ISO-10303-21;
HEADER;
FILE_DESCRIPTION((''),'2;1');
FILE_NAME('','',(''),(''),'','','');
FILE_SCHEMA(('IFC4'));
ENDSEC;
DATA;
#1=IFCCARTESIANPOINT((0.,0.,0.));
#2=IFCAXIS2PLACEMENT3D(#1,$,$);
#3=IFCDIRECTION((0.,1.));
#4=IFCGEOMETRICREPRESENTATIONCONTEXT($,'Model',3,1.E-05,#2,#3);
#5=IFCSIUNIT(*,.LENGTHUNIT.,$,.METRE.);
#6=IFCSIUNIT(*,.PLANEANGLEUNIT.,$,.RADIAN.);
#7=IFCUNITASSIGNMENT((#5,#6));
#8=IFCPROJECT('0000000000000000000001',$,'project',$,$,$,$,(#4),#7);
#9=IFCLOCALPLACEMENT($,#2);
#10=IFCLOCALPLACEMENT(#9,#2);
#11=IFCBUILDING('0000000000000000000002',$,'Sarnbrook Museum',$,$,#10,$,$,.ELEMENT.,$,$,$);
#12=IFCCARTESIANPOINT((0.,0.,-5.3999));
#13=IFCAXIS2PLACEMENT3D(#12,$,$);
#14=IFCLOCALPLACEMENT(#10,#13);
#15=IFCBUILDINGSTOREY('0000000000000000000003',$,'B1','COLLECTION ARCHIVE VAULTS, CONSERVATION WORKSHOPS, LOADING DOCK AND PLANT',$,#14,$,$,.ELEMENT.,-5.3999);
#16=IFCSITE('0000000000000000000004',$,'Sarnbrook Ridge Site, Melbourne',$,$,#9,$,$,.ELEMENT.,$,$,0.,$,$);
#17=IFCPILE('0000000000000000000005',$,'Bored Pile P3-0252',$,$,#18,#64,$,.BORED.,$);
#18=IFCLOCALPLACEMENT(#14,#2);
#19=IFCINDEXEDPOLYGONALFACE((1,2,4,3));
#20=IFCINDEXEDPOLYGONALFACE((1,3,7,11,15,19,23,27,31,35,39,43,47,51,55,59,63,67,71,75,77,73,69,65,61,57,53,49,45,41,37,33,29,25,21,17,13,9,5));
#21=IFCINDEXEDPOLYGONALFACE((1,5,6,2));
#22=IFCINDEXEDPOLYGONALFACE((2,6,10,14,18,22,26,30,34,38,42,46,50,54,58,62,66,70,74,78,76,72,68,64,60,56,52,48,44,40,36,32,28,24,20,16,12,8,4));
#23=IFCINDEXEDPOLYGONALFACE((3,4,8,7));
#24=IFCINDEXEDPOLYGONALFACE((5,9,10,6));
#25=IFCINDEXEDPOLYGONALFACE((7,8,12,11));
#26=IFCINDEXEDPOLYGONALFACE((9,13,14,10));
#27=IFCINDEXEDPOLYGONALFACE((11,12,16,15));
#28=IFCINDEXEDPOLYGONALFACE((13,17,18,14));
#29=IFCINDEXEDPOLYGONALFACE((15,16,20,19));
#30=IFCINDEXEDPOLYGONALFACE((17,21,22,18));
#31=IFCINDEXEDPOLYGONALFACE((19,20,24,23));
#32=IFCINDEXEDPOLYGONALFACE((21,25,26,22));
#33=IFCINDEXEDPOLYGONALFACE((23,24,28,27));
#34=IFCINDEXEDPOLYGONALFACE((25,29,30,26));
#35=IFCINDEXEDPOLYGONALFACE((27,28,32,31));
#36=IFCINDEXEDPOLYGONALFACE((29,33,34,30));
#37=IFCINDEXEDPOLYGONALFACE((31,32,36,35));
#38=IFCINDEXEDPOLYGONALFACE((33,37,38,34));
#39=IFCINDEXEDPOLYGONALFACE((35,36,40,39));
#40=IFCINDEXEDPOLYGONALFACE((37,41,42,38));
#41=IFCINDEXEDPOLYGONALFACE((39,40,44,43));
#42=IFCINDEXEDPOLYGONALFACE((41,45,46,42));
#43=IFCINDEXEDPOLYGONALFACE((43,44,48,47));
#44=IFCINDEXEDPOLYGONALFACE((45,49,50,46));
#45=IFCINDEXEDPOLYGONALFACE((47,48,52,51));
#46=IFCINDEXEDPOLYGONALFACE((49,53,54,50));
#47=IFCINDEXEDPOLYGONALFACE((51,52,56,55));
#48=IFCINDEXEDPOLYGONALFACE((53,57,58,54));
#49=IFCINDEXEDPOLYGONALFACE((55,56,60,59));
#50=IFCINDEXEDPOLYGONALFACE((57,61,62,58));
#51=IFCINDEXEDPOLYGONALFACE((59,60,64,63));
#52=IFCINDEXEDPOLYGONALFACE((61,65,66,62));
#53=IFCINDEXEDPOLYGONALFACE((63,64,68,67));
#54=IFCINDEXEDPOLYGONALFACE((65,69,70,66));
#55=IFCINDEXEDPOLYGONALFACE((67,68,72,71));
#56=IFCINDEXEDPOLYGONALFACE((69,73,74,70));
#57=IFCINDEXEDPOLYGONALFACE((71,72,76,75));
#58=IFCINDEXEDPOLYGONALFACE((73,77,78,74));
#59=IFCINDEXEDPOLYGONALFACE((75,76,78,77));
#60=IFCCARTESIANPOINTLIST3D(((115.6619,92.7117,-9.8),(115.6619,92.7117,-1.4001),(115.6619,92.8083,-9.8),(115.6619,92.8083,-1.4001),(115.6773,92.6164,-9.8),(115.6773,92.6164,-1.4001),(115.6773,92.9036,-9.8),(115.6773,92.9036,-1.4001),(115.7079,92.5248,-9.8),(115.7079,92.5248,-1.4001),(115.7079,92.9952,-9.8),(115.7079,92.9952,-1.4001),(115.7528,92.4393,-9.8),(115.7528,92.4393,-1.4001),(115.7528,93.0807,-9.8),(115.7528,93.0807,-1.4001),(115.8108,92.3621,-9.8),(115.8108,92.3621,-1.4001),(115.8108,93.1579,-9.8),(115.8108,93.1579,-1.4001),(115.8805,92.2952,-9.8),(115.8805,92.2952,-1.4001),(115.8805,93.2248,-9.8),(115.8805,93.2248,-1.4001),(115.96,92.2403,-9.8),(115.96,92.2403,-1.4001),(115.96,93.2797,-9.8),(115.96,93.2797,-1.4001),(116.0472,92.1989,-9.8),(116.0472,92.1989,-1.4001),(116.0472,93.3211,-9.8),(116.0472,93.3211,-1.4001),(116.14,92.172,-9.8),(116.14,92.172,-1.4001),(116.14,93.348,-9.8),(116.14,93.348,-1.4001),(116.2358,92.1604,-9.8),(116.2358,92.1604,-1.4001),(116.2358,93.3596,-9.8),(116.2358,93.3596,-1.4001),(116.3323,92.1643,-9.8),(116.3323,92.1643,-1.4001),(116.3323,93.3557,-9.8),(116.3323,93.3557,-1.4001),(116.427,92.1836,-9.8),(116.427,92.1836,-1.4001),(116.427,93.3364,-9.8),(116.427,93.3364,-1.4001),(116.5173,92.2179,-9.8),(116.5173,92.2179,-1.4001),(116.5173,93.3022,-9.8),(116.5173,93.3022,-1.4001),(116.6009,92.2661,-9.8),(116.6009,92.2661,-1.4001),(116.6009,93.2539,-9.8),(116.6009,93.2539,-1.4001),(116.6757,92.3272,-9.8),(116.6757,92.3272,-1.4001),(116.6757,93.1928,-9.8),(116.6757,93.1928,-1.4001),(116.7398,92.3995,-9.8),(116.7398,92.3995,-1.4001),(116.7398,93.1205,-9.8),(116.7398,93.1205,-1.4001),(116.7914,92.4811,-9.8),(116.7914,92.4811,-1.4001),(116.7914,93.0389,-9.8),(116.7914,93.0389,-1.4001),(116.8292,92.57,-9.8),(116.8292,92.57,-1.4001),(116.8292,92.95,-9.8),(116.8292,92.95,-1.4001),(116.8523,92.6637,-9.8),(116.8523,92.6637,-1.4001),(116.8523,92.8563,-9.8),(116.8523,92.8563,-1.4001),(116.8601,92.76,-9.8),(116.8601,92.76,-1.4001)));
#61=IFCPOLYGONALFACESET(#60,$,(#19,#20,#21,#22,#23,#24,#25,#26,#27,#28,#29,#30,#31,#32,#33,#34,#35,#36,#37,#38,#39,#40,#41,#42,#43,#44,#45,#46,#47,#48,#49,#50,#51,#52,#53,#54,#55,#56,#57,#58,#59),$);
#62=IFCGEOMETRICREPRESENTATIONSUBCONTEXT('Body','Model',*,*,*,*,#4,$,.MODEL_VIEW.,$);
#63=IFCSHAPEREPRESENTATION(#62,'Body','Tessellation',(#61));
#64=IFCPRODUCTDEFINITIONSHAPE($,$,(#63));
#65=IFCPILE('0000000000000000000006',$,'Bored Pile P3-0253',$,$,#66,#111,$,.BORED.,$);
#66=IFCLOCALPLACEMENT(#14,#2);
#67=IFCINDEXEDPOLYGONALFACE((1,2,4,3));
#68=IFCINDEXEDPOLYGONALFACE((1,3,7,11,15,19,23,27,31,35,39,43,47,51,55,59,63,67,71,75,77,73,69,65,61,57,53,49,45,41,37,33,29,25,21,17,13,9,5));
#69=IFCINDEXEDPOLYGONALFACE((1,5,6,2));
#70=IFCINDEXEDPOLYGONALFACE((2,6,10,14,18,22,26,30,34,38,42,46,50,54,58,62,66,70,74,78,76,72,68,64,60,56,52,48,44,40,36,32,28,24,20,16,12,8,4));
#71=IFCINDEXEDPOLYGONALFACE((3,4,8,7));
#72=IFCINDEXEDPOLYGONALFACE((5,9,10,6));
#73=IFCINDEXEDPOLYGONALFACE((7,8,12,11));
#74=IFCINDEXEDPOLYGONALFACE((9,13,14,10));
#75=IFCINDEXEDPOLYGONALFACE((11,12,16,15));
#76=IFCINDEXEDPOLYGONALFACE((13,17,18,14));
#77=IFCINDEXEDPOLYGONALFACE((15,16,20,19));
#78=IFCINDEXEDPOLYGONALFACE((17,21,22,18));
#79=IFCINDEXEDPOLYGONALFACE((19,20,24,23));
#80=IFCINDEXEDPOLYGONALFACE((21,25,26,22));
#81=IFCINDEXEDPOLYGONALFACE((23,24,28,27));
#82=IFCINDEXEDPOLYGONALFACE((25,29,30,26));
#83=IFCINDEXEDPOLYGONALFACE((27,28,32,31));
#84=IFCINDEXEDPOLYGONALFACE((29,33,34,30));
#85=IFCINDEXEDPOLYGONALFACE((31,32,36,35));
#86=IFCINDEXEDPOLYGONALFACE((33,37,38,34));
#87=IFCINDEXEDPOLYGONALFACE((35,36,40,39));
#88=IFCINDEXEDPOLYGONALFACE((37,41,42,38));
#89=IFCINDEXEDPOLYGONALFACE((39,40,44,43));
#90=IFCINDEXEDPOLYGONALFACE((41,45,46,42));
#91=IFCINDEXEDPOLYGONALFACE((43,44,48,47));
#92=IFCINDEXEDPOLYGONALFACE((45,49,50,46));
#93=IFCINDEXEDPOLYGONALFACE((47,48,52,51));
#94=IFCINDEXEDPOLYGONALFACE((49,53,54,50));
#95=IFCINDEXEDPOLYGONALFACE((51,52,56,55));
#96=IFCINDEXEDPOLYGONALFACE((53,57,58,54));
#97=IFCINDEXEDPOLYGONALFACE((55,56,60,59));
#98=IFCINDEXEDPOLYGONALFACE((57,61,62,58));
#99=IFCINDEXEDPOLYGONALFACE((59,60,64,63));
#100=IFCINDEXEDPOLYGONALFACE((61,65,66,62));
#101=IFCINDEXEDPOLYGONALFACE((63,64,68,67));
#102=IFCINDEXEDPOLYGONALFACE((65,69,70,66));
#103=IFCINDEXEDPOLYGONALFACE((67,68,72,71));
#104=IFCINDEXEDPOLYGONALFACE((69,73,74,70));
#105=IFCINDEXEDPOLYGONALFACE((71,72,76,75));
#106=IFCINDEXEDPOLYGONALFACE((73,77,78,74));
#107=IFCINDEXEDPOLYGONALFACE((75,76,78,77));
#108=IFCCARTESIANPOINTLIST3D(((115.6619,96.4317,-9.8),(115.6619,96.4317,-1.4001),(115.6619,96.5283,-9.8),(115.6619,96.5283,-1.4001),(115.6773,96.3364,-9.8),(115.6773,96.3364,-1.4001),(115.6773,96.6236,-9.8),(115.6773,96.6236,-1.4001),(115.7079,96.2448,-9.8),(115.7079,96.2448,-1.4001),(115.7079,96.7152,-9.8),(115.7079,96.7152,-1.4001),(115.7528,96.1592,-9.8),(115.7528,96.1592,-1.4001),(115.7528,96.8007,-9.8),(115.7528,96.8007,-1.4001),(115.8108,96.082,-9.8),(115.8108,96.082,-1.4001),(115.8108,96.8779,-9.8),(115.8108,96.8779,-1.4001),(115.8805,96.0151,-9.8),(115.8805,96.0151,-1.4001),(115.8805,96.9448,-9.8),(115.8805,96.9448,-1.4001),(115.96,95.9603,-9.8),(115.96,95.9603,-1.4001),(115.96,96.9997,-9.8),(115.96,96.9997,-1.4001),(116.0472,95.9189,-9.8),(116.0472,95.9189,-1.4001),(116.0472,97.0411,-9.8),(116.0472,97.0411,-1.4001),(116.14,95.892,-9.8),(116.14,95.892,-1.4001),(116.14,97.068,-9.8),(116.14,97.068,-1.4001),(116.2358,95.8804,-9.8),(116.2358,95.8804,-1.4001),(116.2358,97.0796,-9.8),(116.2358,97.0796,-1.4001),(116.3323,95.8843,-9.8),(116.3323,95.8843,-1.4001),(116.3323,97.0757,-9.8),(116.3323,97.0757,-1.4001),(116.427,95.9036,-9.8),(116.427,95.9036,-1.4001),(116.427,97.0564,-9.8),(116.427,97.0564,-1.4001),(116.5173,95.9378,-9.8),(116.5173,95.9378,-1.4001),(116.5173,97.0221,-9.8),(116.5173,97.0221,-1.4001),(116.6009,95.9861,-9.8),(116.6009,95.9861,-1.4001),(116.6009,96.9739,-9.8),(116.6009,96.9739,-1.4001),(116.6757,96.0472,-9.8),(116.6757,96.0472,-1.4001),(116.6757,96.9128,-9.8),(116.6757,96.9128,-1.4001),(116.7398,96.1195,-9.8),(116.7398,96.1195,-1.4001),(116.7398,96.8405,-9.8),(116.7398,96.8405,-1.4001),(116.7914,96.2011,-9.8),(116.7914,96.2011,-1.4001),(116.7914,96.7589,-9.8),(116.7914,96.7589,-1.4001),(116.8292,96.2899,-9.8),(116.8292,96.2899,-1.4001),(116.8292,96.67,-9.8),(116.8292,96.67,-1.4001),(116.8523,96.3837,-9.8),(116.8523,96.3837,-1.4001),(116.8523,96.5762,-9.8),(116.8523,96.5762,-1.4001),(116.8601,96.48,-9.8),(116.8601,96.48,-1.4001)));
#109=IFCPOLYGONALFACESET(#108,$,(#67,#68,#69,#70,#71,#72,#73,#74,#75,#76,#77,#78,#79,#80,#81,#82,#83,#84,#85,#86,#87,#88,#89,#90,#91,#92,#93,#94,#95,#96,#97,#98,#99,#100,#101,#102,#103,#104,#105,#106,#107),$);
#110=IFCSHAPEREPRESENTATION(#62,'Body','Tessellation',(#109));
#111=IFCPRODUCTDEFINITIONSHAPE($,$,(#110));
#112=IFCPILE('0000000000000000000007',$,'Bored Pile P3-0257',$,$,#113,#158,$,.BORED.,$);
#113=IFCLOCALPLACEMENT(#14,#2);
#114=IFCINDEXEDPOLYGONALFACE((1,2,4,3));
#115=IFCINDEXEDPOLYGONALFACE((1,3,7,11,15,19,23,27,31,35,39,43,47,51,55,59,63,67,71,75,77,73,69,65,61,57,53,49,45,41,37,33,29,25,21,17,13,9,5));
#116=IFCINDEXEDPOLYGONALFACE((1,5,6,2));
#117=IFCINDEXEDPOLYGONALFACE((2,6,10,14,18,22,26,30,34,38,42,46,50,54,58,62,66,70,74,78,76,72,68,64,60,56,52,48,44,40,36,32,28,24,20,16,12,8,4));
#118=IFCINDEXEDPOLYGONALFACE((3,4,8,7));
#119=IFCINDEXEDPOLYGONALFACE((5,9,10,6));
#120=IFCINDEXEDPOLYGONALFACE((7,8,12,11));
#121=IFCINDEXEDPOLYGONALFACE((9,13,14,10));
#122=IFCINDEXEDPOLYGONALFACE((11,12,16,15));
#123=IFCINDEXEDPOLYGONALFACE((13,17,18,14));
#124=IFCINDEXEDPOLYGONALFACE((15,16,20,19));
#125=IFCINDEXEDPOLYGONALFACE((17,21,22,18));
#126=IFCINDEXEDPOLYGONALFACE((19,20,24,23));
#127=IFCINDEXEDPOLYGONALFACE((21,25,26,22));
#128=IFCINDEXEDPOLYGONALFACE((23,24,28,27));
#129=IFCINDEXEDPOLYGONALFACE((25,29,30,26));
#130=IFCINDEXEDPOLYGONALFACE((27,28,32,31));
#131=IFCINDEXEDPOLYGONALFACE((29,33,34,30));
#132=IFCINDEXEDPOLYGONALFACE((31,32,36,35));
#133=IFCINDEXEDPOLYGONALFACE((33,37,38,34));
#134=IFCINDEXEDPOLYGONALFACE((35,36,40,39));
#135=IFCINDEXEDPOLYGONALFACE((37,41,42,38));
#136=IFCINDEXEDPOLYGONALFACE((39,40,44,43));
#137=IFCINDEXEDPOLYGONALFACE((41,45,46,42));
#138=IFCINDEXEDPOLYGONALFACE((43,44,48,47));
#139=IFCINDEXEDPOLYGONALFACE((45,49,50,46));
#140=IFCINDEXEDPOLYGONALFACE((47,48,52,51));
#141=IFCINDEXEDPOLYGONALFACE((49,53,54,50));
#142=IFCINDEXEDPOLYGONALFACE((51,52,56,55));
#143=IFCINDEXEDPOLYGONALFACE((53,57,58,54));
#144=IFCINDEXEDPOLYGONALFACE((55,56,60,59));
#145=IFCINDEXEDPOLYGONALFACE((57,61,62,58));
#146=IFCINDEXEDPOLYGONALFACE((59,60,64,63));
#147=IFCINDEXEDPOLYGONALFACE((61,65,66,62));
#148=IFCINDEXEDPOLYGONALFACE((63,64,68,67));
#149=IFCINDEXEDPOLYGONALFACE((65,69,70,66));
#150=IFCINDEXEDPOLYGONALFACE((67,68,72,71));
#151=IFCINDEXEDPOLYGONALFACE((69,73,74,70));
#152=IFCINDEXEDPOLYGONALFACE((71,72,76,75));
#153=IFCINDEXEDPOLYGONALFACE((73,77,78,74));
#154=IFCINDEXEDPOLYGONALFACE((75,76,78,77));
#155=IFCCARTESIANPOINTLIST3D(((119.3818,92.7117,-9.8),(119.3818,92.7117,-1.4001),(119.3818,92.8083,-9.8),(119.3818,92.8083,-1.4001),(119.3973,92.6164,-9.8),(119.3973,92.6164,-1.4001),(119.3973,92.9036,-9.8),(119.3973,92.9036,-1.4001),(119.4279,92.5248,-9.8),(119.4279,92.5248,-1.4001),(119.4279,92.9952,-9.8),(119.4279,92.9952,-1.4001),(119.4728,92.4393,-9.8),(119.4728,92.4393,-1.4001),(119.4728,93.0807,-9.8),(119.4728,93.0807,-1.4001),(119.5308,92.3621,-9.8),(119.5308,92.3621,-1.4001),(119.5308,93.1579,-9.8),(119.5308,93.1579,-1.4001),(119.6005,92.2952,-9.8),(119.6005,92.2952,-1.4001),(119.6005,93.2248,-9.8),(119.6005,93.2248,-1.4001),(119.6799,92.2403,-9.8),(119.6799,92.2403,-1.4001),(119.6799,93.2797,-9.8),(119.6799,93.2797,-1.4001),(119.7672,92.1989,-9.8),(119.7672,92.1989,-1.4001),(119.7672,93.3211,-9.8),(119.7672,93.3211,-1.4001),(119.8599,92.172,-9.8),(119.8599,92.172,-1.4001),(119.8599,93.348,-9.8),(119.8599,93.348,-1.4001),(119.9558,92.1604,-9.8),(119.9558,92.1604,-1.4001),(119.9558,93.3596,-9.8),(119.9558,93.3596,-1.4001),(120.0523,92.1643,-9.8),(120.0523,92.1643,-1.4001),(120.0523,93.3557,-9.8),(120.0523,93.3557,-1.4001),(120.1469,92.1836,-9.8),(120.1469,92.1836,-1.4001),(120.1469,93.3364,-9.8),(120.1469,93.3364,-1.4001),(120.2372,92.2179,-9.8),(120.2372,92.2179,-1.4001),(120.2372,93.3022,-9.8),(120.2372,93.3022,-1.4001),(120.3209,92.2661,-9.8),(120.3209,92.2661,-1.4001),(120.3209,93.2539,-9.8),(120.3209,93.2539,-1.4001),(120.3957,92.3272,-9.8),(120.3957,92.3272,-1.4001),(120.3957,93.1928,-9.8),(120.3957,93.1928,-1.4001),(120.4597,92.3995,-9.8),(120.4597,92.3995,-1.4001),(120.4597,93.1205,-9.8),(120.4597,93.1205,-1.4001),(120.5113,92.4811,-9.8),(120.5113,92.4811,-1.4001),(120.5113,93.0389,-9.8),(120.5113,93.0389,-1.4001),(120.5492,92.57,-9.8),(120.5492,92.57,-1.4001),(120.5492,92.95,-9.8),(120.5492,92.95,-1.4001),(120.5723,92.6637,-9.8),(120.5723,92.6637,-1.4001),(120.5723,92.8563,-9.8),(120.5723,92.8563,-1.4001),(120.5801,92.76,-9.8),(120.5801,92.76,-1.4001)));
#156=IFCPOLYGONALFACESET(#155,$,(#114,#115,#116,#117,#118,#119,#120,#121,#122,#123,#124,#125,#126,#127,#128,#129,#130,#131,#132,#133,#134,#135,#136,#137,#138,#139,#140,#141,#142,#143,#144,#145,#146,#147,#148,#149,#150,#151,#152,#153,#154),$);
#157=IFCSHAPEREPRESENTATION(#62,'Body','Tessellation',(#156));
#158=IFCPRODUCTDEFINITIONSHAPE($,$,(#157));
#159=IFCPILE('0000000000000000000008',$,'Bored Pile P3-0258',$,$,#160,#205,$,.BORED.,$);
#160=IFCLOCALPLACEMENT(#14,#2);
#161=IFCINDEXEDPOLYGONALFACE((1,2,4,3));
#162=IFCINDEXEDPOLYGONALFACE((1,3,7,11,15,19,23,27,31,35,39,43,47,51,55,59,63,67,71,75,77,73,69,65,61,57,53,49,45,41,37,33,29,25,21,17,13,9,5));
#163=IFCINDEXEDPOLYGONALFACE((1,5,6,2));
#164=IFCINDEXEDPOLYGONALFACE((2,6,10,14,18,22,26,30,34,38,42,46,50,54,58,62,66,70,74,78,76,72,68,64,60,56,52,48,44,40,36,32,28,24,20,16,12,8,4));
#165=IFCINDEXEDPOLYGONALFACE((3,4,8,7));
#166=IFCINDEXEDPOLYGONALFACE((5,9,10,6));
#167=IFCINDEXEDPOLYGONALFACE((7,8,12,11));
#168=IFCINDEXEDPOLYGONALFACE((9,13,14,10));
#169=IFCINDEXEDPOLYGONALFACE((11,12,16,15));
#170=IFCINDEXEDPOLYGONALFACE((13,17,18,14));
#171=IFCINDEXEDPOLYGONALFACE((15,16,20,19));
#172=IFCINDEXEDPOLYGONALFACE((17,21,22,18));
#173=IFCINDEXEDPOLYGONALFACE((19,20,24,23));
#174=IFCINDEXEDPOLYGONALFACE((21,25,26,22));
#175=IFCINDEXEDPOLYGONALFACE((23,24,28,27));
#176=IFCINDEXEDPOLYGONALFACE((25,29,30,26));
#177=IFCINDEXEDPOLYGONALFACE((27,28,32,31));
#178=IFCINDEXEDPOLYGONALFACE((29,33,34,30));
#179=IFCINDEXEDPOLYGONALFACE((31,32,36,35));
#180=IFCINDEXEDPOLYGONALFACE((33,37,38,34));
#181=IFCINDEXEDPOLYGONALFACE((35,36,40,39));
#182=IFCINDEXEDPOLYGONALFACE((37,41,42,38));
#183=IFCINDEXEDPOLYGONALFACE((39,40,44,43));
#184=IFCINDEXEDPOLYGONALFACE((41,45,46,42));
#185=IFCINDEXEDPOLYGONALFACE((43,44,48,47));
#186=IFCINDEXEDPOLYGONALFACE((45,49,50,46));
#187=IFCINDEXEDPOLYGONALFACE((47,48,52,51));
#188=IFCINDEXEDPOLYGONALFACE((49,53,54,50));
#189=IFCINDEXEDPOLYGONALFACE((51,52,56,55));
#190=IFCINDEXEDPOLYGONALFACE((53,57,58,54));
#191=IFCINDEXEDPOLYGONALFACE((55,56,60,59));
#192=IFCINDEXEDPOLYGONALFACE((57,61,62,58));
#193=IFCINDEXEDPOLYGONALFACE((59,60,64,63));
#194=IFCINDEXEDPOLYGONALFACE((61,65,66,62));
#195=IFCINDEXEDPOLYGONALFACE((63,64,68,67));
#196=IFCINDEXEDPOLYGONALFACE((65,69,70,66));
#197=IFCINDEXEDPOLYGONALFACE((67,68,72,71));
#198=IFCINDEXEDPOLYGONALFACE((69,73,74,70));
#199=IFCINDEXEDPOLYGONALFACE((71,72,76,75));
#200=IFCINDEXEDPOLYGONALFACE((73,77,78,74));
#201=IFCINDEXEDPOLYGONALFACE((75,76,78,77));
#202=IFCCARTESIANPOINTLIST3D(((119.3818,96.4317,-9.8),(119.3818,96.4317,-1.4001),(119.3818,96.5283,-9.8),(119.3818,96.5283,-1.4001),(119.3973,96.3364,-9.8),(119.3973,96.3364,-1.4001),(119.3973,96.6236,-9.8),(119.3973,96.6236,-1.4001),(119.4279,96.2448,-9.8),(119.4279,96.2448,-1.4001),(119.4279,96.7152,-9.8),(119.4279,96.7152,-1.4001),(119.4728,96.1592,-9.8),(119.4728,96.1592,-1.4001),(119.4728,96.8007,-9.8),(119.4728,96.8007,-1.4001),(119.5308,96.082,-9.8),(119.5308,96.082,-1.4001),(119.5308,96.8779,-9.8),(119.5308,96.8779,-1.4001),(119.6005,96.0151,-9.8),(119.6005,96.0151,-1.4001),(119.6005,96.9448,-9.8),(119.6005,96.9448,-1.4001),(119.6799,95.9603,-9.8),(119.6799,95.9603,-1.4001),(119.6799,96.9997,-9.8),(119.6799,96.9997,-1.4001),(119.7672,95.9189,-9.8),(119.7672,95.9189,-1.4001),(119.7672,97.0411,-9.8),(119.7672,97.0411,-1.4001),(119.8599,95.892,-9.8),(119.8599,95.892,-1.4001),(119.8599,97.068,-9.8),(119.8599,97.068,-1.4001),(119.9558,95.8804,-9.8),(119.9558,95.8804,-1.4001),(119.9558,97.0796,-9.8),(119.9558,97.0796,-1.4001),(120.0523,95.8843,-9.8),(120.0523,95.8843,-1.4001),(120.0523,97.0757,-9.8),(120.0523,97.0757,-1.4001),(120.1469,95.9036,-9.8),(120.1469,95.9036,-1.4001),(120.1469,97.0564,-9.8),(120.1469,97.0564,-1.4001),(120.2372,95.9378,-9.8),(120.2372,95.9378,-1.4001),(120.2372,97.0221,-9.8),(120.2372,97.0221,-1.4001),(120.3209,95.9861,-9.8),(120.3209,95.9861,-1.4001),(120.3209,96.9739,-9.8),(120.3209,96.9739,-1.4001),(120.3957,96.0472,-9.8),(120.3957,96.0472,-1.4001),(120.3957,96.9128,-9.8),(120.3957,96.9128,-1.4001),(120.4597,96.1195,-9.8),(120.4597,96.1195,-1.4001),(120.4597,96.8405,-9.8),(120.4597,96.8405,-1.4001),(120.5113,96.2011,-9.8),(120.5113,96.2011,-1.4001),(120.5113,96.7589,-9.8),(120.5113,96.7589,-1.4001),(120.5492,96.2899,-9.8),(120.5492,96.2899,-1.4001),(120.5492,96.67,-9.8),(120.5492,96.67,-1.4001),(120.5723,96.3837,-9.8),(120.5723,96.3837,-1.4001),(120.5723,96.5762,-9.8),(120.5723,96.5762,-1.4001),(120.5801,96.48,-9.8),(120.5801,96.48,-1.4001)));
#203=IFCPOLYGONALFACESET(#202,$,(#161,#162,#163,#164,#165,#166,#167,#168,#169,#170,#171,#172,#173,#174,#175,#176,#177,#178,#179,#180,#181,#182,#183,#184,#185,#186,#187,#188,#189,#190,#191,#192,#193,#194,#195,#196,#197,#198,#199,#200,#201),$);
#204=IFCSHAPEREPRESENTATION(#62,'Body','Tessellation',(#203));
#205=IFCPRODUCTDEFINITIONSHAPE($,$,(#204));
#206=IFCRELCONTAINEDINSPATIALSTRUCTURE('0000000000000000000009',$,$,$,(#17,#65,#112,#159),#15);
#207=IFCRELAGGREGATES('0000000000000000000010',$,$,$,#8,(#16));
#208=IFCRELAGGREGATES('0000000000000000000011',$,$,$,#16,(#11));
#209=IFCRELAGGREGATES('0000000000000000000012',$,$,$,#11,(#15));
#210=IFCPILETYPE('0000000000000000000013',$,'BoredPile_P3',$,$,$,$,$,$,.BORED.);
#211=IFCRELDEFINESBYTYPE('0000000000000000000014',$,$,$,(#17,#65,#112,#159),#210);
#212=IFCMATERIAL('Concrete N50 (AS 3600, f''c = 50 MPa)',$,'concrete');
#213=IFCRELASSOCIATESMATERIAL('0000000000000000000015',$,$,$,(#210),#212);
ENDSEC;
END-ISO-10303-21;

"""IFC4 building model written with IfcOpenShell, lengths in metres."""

from ifc_helpers import new_model, si_unit, direction, frame, origin, origin_2d, place, context, subcontext, project, spatial, circle, extrude, material, material_profile, profile_set, type_object, element, save


model = new_model("IFC4")

# Units and contexts
model_context = context("Model", 3, precision=1e-05, world=origin(), true_north=direction((0.0, 1.0)))
body_context = subcontext(model_context, "Body", "Model", "MODEL_VIEW")
ifc_project = project(units=[si_unit("LENGTHUNIT", "METRE"), si_unit("PLANEANGLEUNIT", "RADIAN")], contexts=[model_context])

# Site, building, storey
site_placement = place(None, origin())
site = spatial("IfcSite", under=ifc_project, at=site_placement, Name="Sarnbrook Ridge Site, Melbourne", CompositionType="ELEMENT", RefElevation=0.0)
building_placement = place(site_placement, origin())
building = spatial("IfcBuilding", under=site, at=building_placement, Name="Sarnbrook Museum", CompositionType="ELEMENT")
storey_placement = place(building_placement, frame((0.0, 0.0, -5.3999)))
storey = spatial("IfcBuildingStorey", under=building, at=storey_placement, Name="B1", Description="COLLECTION ARCHIVE VAULTS, CONSERVATION WORKSHOPS, LOADING DOCK AND PLANT", CompositionType="ELEMENT", Elevation=-5.3999)

# Piles
ifc_material_1 = material(Name="Concrete N50 (AS 3600, f'c = 50 MPa)", Category="concrete")
ifc_material_profile_1 = material_profile(ifc_material_1, circle(Radius=0.6001, at=origin_2d()), Name="BORED PILE D1200")
ifc_profile_set_1 = profile_set([ifc_material_profile_1], Name="Concrete N50 (AS 3600, f'c = 50 MPa)")
pile_type = type_object("IfcPileType", Name="BoredPile_P3", PredefinedType="BORED", material=ifc_profile_set_1)
for number, where, z_axis, x_axis, name in (
    (1, (116.26, 92.76, -1.4001), (0.0, 0.0, -1.0), (1.0, 0.0, 0.0), "Bored Pile P3-0252"),
    (2, (116.26, 96.48, -1.4001), (0.0, 0.0, -1.0), (1.0, 0.0, 0.0), "Bored Pile P3-0253"),
    (3, (119.98, 92.76, -1.4001), (0.0, 0.0, -1.0), (1.0, 0.0, 0.0), "Bored Pile P3-0257"),
    (4, (119.98, 96.48, -1.4001), (0.0, 0.0, -1.0), (1.0, 0.0, 0.0), "Bored Pile P3-0258"),
):
    element("IfcPile", number, at=place(storey_placement, frame(where, z_axis=z_axis, x_axis=x_axis)), inside=storey, type_object=pile_type, Name=name, PredefinedType="BORED", context=body_context, shape_type="SweptSolid", body=[
        extrude(circle(Radius=0.6001, at=origin_2d()), origin(), (0.0, 0.0, 1.0), 8.3999),
    ])

save(model, "model.ifc")
